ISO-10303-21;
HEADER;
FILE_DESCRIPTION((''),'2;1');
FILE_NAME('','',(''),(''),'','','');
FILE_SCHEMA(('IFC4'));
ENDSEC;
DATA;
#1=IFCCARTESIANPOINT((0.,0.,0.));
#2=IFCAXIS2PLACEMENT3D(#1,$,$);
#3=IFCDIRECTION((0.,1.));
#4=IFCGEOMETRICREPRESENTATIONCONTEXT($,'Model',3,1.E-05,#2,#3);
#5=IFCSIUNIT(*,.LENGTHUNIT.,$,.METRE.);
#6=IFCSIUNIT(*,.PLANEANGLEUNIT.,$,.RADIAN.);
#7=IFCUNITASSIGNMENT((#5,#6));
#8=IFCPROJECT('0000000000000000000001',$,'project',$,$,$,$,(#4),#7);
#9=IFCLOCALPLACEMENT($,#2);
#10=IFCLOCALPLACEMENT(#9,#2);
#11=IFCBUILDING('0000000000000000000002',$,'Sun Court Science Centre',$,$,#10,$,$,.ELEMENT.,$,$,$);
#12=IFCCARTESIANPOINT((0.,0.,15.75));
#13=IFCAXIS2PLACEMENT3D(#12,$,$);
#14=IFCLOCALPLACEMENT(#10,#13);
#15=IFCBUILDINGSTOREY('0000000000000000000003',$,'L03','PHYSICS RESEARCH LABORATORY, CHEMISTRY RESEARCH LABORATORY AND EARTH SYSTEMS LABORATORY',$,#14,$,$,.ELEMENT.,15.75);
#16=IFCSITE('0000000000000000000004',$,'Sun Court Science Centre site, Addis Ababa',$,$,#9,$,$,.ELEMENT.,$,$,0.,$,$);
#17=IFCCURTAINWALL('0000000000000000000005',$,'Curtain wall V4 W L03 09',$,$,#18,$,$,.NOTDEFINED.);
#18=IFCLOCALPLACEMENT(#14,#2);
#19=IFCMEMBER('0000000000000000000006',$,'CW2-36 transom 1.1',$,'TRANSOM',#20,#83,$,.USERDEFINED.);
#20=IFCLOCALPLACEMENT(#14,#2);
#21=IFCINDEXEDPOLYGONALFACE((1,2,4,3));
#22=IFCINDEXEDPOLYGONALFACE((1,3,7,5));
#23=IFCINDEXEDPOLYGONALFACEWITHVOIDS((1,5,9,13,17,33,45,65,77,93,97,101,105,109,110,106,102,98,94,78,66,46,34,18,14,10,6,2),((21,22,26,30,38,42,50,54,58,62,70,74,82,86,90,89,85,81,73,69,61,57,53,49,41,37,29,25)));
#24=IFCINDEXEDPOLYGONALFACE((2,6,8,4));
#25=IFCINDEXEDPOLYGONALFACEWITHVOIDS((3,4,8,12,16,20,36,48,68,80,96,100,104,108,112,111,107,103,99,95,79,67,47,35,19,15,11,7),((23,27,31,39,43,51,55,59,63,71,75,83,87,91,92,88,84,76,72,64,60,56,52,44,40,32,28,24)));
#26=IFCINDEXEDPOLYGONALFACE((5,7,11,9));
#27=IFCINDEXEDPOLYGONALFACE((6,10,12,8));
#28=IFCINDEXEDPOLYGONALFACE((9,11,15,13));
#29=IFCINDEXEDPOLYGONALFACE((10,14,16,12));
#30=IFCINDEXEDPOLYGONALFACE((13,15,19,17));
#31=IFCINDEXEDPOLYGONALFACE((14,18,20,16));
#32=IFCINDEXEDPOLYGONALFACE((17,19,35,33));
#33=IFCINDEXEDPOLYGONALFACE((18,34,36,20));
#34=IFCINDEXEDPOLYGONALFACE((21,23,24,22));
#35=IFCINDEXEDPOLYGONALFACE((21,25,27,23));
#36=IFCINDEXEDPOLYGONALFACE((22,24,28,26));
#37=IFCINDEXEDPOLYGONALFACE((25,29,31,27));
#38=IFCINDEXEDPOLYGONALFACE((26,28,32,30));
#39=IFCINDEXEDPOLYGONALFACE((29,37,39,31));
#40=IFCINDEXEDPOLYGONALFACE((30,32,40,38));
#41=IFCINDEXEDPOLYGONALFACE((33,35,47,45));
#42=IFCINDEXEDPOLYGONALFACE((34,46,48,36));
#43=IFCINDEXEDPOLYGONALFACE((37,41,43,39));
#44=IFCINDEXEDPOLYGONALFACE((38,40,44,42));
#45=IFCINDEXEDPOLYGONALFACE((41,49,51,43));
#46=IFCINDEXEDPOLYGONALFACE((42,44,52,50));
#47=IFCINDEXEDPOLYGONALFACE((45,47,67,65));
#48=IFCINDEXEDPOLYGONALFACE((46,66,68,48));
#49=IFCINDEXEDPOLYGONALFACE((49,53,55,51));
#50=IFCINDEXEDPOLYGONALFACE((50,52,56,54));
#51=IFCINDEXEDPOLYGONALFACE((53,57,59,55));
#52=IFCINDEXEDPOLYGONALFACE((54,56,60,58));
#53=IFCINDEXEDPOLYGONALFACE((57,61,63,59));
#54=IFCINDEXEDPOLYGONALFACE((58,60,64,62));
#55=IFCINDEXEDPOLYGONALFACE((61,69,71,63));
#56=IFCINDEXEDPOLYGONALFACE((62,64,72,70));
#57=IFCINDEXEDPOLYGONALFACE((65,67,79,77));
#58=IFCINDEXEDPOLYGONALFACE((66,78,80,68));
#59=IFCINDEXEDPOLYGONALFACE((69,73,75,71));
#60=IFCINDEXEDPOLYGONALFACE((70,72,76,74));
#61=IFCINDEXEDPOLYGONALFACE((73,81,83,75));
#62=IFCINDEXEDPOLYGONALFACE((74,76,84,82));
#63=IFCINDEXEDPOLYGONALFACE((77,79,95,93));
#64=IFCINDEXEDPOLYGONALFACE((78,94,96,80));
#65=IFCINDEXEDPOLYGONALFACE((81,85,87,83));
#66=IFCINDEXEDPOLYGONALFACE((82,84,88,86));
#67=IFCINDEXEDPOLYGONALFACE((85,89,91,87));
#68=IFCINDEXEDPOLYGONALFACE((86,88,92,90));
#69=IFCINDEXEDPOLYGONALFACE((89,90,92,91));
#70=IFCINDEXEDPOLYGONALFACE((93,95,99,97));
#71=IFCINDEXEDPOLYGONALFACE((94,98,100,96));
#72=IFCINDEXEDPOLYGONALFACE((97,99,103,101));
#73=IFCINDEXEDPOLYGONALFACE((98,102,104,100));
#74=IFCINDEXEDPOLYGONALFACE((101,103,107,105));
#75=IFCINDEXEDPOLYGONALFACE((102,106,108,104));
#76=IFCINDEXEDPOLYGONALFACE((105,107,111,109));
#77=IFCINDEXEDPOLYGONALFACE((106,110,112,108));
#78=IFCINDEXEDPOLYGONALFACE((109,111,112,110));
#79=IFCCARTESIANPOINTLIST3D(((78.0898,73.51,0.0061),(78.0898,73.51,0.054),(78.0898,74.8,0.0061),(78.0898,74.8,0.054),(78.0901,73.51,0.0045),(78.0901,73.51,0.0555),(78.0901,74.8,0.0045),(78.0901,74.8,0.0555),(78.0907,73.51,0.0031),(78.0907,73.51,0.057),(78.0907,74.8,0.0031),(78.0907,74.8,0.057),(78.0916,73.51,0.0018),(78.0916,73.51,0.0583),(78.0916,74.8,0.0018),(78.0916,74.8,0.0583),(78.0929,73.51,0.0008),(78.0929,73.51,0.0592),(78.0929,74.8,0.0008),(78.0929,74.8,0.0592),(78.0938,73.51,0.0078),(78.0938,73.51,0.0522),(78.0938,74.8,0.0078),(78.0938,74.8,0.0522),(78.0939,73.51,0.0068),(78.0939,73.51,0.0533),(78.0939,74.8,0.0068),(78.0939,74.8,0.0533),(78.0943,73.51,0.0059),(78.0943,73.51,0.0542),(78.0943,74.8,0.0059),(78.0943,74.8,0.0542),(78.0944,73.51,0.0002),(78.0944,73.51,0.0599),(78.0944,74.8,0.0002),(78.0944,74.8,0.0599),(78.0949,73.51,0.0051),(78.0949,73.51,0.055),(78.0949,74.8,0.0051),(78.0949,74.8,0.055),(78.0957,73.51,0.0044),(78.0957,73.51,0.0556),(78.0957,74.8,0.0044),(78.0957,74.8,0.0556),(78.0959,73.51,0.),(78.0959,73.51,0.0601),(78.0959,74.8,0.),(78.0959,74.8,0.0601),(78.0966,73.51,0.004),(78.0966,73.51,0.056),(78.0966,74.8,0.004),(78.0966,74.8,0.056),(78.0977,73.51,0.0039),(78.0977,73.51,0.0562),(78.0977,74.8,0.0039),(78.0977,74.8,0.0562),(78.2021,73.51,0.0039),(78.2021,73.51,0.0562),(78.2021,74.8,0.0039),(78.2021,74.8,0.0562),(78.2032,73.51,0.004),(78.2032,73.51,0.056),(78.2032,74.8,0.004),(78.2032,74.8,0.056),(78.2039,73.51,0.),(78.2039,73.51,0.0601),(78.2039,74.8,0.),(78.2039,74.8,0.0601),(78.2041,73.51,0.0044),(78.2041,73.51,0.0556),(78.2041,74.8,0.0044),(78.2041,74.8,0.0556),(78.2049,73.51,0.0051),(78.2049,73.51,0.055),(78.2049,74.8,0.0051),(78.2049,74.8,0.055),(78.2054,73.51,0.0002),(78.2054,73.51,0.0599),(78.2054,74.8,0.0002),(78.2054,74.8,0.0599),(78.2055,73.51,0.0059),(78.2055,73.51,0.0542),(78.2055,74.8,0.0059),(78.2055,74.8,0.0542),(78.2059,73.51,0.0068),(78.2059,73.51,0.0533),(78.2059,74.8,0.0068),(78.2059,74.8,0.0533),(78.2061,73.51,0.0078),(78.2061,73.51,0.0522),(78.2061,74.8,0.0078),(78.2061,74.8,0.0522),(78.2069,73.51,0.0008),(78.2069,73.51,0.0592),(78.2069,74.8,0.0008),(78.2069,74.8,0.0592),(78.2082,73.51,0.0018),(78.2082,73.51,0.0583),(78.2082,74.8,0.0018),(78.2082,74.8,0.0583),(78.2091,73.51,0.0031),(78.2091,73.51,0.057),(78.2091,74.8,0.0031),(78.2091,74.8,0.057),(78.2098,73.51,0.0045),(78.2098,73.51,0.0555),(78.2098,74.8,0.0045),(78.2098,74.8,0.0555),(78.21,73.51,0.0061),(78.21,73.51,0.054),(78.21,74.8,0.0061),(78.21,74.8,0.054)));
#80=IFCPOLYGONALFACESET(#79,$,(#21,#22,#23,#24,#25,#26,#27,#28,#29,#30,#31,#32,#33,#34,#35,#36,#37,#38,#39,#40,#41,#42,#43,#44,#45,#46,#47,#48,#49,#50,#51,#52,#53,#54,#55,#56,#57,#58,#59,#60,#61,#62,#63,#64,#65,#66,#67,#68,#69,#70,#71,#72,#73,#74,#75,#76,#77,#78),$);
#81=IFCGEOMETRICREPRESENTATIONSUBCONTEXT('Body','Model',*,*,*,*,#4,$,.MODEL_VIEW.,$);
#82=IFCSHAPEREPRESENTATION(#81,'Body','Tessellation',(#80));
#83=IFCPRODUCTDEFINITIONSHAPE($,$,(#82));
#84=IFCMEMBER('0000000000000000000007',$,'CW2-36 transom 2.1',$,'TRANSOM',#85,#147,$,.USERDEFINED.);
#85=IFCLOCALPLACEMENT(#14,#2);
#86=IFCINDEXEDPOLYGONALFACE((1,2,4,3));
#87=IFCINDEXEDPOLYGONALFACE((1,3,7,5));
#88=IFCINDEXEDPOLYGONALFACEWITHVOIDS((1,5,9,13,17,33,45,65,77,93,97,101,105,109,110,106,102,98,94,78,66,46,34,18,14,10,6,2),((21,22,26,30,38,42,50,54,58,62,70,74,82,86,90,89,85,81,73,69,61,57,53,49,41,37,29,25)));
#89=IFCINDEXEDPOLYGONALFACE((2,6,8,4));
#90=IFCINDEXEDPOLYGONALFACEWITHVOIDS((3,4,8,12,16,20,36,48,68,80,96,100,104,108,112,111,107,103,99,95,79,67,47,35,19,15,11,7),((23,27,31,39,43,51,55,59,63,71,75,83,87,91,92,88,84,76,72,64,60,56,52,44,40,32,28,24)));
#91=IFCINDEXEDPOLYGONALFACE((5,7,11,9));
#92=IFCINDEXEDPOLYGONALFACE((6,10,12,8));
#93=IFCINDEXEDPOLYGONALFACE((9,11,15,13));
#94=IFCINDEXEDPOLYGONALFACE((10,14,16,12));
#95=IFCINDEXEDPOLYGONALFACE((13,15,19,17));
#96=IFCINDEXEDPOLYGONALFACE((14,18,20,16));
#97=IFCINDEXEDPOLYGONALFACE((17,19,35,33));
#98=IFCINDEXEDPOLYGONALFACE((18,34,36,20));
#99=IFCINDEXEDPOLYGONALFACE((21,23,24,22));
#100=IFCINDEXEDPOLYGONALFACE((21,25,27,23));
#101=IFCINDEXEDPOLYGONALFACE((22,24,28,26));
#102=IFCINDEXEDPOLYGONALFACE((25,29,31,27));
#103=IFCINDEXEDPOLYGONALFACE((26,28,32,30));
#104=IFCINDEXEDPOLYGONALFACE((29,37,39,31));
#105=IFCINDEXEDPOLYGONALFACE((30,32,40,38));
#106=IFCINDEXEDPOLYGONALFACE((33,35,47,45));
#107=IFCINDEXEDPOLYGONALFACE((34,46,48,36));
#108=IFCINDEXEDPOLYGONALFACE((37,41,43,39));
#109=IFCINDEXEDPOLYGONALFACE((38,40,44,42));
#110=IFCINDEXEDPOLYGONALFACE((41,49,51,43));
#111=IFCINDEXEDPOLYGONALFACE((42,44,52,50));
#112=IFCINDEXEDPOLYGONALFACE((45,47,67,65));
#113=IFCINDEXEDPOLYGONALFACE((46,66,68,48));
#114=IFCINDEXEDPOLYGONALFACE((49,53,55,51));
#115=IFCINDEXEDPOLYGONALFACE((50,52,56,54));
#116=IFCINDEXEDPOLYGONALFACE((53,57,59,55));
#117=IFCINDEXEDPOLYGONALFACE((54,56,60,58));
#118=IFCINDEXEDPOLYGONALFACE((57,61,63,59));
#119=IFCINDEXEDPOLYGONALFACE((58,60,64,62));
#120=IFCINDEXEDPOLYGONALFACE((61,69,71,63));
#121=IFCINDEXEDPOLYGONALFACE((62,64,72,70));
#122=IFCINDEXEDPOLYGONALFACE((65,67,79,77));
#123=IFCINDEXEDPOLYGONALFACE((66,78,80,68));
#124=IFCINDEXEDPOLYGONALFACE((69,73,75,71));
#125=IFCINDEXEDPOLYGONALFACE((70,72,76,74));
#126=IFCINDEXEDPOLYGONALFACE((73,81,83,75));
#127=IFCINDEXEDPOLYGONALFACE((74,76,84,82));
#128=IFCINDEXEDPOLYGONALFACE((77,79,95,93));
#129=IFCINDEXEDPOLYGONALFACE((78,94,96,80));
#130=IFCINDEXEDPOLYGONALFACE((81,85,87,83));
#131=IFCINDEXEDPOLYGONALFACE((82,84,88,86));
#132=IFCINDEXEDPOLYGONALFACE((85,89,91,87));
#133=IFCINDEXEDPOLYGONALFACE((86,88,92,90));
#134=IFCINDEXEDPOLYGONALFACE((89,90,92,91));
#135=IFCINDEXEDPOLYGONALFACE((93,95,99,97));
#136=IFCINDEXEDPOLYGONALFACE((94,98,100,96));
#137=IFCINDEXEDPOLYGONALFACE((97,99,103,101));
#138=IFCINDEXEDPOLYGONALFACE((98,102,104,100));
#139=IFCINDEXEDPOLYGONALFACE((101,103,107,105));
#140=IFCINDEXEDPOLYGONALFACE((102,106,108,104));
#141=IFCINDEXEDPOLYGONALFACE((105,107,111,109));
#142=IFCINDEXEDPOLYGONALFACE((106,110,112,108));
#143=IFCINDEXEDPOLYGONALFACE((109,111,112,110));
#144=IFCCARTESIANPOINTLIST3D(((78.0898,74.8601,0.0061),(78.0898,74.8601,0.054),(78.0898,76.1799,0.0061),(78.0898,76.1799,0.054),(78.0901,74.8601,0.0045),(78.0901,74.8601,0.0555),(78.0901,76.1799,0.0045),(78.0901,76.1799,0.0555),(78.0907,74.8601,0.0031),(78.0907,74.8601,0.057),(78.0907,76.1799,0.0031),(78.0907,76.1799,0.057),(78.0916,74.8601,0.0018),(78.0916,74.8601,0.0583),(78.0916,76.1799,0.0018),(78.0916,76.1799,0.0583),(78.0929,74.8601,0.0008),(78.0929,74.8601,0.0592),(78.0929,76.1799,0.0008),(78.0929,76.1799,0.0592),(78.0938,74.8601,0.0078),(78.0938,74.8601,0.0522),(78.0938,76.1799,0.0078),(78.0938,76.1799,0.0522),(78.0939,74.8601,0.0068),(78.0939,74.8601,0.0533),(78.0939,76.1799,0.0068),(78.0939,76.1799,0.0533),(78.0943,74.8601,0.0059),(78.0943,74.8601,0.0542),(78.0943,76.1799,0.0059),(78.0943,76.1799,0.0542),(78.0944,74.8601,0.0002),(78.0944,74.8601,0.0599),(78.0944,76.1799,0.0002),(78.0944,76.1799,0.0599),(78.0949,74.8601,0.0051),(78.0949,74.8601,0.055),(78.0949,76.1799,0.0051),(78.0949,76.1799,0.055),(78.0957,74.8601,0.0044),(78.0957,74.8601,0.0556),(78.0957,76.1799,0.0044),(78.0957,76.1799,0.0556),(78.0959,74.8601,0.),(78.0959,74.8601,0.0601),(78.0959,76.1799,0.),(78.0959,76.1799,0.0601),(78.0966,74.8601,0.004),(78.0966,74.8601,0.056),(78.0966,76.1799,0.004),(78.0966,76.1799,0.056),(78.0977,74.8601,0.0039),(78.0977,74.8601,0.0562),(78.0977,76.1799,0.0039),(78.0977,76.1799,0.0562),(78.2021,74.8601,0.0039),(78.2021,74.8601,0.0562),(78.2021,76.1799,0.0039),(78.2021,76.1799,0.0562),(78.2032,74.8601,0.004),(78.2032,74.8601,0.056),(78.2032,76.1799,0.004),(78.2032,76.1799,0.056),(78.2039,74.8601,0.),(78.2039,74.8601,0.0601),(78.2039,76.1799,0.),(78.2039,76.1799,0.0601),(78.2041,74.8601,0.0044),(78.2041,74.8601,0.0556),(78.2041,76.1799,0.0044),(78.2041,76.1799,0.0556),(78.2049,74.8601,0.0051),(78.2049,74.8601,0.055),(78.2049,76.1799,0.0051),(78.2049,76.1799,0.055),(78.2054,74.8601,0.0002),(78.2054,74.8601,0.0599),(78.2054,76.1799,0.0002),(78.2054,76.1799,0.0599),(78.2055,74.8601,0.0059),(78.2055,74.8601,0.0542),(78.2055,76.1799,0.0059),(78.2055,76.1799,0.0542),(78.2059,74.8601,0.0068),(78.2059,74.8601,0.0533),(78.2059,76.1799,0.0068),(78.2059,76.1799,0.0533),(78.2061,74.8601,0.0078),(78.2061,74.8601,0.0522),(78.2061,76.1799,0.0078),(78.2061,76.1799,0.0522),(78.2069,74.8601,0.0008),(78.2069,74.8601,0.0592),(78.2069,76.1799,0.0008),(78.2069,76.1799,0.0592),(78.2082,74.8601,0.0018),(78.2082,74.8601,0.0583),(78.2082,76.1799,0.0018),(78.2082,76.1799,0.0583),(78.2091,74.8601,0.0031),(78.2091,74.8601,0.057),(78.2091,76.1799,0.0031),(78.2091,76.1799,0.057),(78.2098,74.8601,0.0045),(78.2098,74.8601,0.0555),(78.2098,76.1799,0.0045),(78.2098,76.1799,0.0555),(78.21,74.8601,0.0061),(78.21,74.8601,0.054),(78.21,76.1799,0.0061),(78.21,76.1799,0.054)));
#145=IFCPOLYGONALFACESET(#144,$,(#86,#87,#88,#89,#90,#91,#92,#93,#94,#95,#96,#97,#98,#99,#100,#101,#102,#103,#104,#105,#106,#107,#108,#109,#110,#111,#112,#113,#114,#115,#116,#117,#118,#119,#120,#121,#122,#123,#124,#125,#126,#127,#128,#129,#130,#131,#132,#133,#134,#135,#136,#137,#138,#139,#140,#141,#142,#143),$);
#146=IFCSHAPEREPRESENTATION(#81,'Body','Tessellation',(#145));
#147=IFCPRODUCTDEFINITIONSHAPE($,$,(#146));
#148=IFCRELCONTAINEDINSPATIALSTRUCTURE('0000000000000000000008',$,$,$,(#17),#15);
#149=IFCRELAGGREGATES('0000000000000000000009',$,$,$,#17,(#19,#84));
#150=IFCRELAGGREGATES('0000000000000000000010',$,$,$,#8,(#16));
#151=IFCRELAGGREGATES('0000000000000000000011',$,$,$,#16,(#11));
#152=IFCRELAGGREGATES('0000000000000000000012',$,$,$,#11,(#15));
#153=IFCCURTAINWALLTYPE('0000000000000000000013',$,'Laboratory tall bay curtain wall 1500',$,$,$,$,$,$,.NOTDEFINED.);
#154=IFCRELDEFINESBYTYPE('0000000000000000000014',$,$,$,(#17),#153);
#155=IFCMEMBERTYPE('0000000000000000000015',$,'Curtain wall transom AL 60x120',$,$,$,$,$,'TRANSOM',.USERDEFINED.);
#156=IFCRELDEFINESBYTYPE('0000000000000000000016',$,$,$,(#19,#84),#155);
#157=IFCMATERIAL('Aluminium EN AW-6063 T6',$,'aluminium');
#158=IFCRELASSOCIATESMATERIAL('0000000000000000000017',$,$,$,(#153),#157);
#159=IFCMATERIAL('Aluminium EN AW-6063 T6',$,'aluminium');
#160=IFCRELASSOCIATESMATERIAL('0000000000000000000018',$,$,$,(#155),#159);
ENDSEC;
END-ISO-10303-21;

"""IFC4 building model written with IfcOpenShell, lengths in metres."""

from ifc_helpers import new_model, si_unit, direction, frame, origin, origin_2d, place, context, subcontext, project, spatial, hollow_rectangle, extrude, material, material_profile, profile_set, type_object, element, aggregate, save


model = new_model("IFC4")

# Units and contexts
model_context = context("Model", 3, precision=1e-05, world=origin(), true_north=direction((0.0, 1.0)))
body_context = subcontext(model_context, "Body", "Model", "MODEL_VIEW")
ifc_project = project(units=[si_unit("LENGTHUNIT", "METRE"), si_unit("PLANEANGLEUNIT", "RADIAN")], contexts=[model_context])

# Site, building, storey
site_placement = place(None, origin())
site = spatial("IfcSite", under=ifc_project, at=site_placement, Name="Sun Court Science Centre site, Addis Ababa", CompositionType="ELEMENT", RefElevation=0.0)
building_placement = place(site_placement, origin())
building = spatial("IfcBuilding", under=site, at=building_placement, Name="Sun Court Science Centre", CompositionType="ELEMENT")
storey_placement = place(building_placement, frame((0.0, 0.0, 15.75)))
storey = spatial("IfcBuildingStorey", under=building, at=storey_placement, Name="L03", Description="PHYSICS RESEARCH LABORATORY, CHEMISTRY RESEARCH LABORATORY AND EARTH SYSTEMS LABORATORY", CompositionType="ELEMENT", Elevation=15.75)

# Shared definitions
ifc_material_1 = material(Name="Aluminium EN AW-6063 T6", Category="aluminium")
curtain_wall_type = type_object("IfcCurtainWallType", Name="Laboratory tall bay curtain wall 1500", PredefinedType="NOTDEFINED", material=ifc_material_1)

# Curtain wall
curtain_wall_1_placement = place(storey_placement, origin())
curtain_wall_1 = element("IfcCurtainWall", 1, at=curtain_wall_1_placement, inside=storey, type_object=curtain_wall_type, Name="Curtain wall V4 W L03 09", PredefinedType="NOTDEFINED")

# Members
ifc_material_2 = material(Name="Aluminium EN AW-6063 T6", Category="aluminium")
ifc_material_profile_1 = material_profile(ifc_material_2, hollow_rectangle(XDim=0.0601, YDim=0.1201, WallThickness=0.0039, InnerFilletRadius=0.0039, OuterFilletRadius=0.0061, at=origin_2d()), Name="AL 60x120x4")
ifc_profile_set_1 = profile_set([ifc_material_profile_1], Name="Aluminium EN AW-6063 T6")
member_type_1 = type_object("IfcMemberType", Name="Curtain wall transom AL 60x120", ElementType="TRANSOM", PredefinedType="USERDEFINED", material=ifc_profile_set_1)
member_1_placement = place(storey_placement, frame((78.1499, 73.51, 0.03), z_axis=(0.0, 1.0, 0.0), x_axis=(0.0, 0.0, 1.0)))
member_1 = element("IfcMember", 2, at=member_1_placement, type_object=member_type_1, Name="CW2-36 transom 1.1", ObjectType="TRANSOM", PredefinedType="USERDEFINED", context=body_context, shape_type="SweptSolid", body=[
    extrude(hollow_rectangle(XDim=0.0601, YDim=0.1201, WallThickness=0.0039, InnerFilletRadius=0.0039, OuterFilletRadius=0.0061, at=origin_2d()), origin(), (0.0, 0.0, 1.0), 1.29),
])
member_2_placement = place(storey_placement, frame((78.1499, 74.8601, 0.03), z_axis=(0.0, 1.0, 0.0), x_axis=(0.0, 0.0, 1.0)))
member_2 = element("IfcMember", 3, at=member_2_placement, type_object=member_type_1, Name="CW2-36 transom 2.1", ObjectType="TRANSOM", PredefinedType="USERDEFINED", context=body_context, shape_type="SweptSolid", body=[
    extrude(hollow_rectangle(XDim=0.0601, YDim=0.1201, WallThickness=0.0039, InnerFilletRadius=0.0039, OuterFilletRadius=0.0061, at=origin_2d()), origin(), (0.0, 0.0, 1.0), 1.3198),
])

aggregate(curtain_wall_1, [member_1, member_2])

save(model, "model.ifc")
